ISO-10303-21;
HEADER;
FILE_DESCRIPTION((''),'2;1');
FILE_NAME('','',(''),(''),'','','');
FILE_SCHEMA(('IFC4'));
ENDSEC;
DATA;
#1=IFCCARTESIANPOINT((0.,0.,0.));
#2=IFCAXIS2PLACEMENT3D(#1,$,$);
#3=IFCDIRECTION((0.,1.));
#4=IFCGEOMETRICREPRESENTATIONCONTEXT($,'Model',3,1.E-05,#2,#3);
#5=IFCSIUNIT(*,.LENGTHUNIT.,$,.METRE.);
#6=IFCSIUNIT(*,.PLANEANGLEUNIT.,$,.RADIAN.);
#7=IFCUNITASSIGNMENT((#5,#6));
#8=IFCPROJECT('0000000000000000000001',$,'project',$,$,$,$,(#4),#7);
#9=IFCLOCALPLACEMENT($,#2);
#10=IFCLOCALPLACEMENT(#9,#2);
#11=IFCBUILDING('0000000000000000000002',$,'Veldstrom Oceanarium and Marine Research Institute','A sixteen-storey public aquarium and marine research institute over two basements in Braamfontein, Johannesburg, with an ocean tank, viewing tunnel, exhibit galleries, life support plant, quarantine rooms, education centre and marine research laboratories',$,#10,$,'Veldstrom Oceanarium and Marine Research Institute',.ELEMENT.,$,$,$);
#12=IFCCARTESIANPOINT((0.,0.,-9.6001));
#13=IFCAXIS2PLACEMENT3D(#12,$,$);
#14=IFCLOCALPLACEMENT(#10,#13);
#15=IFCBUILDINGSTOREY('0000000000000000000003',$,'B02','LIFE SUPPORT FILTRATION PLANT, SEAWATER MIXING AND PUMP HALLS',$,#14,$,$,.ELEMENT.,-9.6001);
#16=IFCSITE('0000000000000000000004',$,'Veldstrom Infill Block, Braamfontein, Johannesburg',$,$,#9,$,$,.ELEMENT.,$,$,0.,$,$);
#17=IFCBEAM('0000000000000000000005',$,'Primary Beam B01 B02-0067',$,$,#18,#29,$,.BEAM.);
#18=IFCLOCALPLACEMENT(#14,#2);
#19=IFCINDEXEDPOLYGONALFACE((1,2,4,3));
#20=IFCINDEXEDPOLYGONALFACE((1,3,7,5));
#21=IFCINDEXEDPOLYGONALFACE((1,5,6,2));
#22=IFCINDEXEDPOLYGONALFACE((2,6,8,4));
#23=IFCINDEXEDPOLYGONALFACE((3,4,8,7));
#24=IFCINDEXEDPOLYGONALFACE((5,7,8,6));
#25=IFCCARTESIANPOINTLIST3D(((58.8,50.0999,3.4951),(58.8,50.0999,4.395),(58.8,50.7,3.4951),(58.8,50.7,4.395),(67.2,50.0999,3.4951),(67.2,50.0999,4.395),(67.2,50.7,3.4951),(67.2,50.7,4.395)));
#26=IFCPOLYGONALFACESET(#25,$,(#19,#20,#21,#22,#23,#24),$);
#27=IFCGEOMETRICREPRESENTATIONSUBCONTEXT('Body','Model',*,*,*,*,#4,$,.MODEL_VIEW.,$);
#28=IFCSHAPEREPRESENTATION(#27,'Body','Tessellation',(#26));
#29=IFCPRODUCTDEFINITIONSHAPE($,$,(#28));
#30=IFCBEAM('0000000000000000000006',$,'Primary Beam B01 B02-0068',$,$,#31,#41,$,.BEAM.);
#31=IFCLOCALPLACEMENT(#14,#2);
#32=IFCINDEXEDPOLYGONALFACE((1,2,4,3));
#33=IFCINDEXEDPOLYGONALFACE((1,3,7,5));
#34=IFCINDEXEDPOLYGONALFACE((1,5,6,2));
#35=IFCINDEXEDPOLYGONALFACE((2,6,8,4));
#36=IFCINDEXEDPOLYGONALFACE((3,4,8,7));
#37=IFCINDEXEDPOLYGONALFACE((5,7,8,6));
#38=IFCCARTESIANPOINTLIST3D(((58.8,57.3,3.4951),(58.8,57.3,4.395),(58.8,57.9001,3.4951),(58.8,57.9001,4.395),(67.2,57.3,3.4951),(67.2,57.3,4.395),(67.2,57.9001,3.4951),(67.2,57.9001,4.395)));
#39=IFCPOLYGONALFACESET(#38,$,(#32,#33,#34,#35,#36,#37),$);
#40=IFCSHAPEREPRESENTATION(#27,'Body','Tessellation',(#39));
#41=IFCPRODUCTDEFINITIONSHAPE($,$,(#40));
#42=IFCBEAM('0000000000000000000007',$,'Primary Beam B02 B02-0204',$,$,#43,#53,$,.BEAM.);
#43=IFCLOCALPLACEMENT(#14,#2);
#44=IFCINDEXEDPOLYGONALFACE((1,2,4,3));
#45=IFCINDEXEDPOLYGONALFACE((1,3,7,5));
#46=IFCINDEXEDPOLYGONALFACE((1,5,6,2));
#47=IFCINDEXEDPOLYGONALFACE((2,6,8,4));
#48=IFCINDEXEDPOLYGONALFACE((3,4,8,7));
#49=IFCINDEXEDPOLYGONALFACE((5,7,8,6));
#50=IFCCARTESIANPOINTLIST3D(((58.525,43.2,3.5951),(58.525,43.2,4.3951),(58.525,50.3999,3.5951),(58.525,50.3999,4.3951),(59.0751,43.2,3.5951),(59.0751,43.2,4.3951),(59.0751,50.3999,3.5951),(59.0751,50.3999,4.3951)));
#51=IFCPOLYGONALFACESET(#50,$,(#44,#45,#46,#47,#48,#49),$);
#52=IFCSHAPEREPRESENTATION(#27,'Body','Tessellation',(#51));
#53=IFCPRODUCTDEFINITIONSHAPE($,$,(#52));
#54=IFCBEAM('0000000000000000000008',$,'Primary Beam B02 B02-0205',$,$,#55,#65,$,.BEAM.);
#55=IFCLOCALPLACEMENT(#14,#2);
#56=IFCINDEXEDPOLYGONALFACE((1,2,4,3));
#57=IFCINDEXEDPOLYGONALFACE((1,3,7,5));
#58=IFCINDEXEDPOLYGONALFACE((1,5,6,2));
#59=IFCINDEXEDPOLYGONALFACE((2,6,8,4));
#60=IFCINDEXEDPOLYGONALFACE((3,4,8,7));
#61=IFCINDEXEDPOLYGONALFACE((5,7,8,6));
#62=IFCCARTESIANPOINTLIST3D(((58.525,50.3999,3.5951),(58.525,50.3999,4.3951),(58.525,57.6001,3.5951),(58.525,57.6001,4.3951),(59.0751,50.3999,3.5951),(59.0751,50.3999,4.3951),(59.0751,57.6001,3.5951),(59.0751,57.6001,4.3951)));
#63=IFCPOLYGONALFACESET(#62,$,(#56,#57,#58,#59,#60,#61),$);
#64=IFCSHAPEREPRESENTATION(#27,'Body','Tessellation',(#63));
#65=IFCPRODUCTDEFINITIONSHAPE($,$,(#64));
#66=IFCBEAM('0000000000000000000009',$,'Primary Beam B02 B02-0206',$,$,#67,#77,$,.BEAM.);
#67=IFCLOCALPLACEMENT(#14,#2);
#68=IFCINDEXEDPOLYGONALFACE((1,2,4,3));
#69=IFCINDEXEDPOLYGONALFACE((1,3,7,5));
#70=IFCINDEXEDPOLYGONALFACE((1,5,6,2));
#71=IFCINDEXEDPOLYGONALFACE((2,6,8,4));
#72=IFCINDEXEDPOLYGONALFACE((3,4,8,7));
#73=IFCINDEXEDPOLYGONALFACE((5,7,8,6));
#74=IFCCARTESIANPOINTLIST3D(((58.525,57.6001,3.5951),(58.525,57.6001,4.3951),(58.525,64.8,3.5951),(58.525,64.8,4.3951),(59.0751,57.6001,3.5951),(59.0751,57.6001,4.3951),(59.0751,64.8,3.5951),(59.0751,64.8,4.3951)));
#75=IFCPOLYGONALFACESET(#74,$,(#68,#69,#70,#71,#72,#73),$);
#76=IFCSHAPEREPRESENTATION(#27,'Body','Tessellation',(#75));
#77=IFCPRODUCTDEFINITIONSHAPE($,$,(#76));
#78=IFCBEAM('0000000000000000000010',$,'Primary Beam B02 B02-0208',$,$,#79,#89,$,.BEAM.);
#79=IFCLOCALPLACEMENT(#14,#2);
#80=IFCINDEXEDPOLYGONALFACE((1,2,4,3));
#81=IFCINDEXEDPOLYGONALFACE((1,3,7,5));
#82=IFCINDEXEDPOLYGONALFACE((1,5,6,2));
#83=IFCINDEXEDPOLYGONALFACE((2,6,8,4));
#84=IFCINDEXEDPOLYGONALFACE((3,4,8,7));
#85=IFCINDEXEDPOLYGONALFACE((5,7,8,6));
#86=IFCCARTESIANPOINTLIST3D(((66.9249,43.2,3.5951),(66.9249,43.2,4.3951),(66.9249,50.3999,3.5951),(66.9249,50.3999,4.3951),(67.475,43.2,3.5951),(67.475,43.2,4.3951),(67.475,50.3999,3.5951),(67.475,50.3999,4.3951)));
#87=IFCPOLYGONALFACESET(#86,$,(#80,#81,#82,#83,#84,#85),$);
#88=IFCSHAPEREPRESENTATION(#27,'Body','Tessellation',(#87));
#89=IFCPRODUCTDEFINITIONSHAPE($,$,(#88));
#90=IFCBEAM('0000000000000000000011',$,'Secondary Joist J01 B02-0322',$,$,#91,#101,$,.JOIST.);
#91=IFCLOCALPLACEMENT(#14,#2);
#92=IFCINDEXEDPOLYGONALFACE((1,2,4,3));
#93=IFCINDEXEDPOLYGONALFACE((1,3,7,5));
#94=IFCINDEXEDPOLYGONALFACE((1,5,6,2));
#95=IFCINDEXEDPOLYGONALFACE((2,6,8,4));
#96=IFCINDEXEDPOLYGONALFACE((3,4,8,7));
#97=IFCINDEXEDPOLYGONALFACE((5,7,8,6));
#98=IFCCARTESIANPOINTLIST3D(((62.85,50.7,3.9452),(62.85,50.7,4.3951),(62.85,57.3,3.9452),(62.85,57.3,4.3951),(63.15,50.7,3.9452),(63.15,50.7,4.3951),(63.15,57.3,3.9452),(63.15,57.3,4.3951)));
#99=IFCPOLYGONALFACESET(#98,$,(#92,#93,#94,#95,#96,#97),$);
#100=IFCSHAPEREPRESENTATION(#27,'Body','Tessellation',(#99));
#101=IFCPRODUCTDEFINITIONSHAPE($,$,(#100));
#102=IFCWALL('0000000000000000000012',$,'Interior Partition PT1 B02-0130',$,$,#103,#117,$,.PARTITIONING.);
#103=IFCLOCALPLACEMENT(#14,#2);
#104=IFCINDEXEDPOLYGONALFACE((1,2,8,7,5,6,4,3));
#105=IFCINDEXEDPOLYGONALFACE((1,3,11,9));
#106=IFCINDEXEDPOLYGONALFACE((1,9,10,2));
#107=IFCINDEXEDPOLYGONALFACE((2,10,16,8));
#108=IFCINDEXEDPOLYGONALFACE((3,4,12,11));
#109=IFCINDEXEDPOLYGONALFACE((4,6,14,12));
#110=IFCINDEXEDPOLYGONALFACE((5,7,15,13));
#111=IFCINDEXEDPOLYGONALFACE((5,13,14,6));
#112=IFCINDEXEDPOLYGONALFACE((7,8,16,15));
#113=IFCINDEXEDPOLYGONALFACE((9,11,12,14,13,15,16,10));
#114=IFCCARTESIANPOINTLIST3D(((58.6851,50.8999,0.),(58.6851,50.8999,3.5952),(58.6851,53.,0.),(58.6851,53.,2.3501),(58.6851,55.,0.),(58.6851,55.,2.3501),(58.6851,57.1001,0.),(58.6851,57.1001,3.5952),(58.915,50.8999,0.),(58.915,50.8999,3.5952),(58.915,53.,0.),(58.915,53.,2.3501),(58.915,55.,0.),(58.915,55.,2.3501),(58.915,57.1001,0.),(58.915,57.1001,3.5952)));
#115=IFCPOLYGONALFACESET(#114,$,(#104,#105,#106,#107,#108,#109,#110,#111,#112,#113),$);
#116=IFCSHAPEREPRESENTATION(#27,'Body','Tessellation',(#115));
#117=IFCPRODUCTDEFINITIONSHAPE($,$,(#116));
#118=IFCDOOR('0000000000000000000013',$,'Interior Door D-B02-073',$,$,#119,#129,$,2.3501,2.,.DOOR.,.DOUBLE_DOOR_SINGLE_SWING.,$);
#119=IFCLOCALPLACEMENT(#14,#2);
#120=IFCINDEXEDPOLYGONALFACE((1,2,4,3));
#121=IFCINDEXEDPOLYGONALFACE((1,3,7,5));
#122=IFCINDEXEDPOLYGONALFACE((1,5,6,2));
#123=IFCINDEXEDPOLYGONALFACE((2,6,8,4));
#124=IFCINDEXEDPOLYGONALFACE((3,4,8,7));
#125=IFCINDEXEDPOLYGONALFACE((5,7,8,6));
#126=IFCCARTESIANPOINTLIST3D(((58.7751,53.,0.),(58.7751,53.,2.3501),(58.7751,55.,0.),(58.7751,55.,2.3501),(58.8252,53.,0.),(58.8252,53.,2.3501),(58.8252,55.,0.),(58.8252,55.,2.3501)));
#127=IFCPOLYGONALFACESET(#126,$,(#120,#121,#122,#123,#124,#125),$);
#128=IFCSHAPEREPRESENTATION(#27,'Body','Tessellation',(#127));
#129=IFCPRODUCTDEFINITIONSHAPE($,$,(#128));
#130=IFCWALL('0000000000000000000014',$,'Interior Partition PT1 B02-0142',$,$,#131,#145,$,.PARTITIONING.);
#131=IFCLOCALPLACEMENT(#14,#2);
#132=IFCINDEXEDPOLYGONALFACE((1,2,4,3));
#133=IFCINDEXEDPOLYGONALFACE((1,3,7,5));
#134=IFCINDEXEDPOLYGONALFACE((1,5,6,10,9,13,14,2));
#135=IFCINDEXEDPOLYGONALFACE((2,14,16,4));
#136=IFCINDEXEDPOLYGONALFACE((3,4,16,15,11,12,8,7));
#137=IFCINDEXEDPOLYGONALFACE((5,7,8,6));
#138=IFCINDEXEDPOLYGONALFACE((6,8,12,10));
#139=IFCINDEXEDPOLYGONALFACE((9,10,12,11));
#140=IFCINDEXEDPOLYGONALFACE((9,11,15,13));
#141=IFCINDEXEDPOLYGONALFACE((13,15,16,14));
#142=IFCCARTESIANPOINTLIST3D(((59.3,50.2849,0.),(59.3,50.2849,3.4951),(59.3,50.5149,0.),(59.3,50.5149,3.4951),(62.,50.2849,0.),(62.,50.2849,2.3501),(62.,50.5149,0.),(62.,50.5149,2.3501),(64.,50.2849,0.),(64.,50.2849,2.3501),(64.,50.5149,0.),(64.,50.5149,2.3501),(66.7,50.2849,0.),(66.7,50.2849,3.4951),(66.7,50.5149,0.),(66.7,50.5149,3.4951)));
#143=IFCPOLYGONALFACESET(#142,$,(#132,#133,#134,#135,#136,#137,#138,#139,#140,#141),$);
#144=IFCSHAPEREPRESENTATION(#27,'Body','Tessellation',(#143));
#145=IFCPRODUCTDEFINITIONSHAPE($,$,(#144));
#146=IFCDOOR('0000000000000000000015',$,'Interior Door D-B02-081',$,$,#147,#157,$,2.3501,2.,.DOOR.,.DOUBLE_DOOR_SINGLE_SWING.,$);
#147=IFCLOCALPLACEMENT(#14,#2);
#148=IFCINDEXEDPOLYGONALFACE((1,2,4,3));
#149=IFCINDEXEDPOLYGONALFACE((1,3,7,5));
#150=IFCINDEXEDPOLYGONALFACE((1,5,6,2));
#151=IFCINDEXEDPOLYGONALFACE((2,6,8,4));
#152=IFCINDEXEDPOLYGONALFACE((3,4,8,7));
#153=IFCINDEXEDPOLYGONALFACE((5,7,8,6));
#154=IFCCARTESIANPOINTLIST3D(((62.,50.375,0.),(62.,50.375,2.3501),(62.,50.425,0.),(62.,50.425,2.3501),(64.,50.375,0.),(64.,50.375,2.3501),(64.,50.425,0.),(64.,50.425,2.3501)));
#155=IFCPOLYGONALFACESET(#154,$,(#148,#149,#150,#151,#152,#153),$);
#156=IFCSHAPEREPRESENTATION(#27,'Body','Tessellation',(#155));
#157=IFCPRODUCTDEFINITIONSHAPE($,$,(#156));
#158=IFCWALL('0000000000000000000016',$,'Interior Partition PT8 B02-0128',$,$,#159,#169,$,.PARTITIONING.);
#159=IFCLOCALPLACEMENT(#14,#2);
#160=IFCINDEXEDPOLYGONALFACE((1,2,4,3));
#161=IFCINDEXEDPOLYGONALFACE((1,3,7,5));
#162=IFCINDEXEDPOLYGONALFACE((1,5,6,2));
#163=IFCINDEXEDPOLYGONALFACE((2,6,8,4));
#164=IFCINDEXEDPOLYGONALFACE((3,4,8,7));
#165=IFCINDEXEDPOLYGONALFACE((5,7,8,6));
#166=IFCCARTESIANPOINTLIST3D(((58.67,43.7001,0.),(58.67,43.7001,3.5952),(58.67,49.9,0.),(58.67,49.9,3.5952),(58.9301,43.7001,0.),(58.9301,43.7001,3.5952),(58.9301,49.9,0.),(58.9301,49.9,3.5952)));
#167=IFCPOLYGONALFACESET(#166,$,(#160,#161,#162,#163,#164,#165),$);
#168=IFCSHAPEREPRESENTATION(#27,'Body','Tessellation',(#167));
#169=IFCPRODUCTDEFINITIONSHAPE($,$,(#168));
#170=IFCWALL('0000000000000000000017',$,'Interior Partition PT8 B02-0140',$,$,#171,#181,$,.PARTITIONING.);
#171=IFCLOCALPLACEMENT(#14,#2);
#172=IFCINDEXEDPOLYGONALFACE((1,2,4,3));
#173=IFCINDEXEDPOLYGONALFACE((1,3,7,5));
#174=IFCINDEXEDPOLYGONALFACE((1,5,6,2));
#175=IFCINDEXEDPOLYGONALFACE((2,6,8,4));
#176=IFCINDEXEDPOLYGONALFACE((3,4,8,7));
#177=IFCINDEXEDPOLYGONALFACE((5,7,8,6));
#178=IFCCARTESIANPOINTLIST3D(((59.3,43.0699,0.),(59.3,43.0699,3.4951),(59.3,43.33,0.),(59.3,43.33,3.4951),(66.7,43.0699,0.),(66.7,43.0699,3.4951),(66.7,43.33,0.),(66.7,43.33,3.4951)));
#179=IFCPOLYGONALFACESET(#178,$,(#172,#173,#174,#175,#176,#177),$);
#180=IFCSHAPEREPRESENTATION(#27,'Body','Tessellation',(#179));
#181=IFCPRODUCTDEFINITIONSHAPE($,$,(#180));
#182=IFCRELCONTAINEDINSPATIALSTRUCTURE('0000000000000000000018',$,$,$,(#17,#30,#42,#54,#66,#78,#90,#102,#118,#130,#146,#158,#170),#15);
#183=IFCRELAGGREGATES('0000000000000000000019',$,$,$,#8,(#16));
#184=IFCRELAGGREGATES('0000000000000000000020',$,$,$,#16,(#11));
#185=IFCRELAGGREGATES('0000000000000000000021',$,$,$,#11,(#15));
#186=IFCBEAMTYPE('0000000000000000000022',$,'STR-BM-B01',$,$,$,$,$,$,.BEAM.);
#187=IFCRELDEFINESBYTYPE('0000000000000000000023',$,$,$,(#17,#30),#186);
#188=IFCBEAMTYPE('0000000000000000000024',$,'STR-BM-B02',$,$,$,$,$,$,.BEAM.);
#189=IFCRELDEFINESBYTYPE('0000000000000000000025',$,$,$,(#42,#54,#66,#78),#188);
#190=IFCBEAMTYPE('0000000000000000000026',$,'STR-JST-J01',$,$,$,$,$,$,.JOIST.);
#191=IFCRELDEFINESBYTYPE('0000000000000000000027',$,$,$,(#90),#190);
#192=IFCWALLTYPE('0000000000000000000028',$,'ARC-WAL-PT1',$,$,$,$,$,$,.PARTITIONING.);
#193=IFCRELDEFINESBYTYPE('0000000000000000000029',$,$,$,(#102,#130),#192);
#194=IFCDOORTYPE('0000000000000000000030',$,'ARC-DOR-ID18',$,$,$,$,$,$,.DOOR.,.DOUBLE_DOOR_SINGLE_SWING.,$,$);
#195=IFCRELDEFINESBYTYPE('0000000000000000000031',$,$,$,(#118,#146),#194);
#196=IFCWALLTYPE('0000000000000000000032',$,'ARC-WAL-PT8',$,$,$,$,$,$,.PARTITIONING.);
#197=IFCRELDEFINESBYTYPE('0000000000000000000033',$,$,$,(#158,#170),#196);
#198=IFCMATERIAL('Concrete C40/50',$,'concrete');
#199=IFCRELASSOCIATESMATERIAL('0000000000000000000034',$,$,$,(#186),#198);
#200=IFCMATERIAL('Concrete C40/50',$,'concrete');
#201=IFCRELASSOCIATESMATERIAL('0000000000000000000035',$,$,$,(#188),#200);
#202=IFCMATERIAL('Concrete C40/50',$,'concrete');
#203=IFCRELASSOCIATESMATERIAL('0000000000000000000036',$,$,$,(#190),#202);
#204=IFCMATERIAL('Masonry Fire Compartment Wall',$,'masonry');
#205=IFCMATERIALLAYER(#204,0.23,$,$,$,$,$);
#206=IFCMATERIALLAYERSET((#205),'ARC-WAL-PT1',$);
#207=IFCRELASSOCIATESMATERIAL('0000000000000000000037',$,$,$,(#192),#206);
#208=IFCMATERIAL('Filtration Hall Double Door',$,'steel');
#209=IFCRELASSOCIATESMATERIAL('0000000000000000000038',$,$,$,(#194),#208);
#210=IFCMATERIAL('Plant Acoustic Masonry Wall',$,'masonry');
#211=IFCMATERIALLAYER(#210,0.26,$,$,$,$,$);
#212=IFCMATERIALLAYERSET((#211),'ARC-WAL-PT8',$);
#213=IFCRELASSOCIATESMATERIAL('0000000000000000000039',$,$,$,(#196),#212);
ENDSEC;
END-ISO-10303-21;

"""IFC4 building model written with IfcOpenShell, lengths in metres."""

from ifc_helpers import new_model, si_unit, direction, frame, frame_2d, origin, origin_2d, place, context, subcontext, project, spatial, rectangle, extrude, material, layer, layer_set, material_profile, profile_set, type_object, element, fill, save


model = new_model("IFC4")

# Units and contexts
model_context = context("Model", 3, precision=1e-05, world=origin(), true_north=direction((0.0, 1.0)))
body_context = subcontext(model_context, "Body", "Model", "MODEL_VIEW")
ifc_project = project(units=[si_unit("LENGTHUNIT", "METRE"), si_unit("PLANEANGLEUNIT", "RADIAN")], contexts=[model_context])

# Site, building, storey
site_placement = place(None, origin())
site = spatial("IfcSite", under=ifc_project, at=site_placement, Name="Veldstrom Infill Block, Braamfontein, Johannesburg", CompositionType="ELEMENT", RefElevation=0.0)
building_placement = place(site_placement, origin())
building = spatial("IfcBuilding", under=site, at=building_placement, Name="Veldstrom Oceanarium and Marine Research Institute", Description="A sixteen-storey public aquarium and marine research institute over two basements in Braamfontein, Johannesburg, with an ocean tank, viewing tunnel, exhibit galleries, life support plant, quarantine rooms, education centre and marine research laboratories", LongName="Veldstrom Oceanarium and Marine Research Institute", CompositionType="ELEMENT")
storey_placement = place(building_placement, frame((0.0, 0.0, -9.6001)))
storey = spatial("IfcBuildingStorey", under=building, at=storey_placement, Name="B02", Description="LIFE SUPPORT FILTRATION PLANT, SEAWATER MIXING AND PUMP HALLS", CompositionType="ELEMENT", Elevation=-9.6001)

# Beams
ifc_material_1 = material(Name="Concrete C40/50", Category="concrete")
ifc_material_profile_1 = material_profile(ifc_material_1, rectangle(XDim=0.6001, YDim=0.8999, at=origin_2d()), Name="RC-BM-600x900")
ifc_profile_set_1 = profile_set([ifc_material_profile_1], Name="Concrete C40/50")
beam_type_1 = type_object("IfcBeamType", Name="STR-BM-B01", PredefinedType="BEAM", material=ifc_profile_set_1)
for number, where, z_axis, x_axis, name in (
    (1, (58.8, 50.3999, 3.9451), (1.0, 0.0, 0.0), (0.0, 1.0, 0.0), "Primary Beam B01 B02-0067"),
    (2, (58.8, 57.6001, 3.9451), (1.0, 0.0, 0.0), (0.0, 1.0, 0.0), "Primary Beam B01 B02-0068"),
):
    element("IfcBeam", number, at=place(storey_placement, frame(where, z_axis=z_axis, x_axis=x_axis)), inside=storey, type_object=beam_type_1, Name=name, PredefinedType="BEAM", context=body_context, shape_type="SweptSolid", body=[
        extrude(rectangle(XDim=0.6001, YDim=0.8999, at=origin_2d()), origin(), (0.0, 0.0, 1.0), 8.3999),
    ])
ifc_material_2 = material(Name="Concrete C40/50", Category="concrete")
ifc_material_profile_2 = material_profile(ifc_material_2, rectangle(XDim=0.55, YDim=0.8, at=origin_2d()), Name="RC-BM-550x800")
ifc_profile_set_2 = profile_set([ifc_material_profile_2], Name="Concrete C40/50")
beam_type_2 = type_object("IfcBeamType", Name="STR-BM-B02", PredefinedType="BEAM", material=ifc_profile_set_2)
beam_1_placement = place(storey_placement, frame((58.8, 43.2, 3.9951), z_axis=(0.0, 1.0, 0.0), x_axis=(-1.0, 0.0, 0.0)))
element("IfcBeam", 3, at=beam_1_placement, inside=storey, type_object=beam_type_2, Name="Primary Beam B02 B02-0204", PredefinedType="BEAM", context=body_context, shape_type="SweptSolid", body=[
    extrude(rectangle(XDim=0.55, YDim=0.8, at=origin_2d()), origin(), (0.0, 0.0, 1.0), 7.2),
])
beam_2_placement = place(storey_placement, frame((58.8, 50.3999, 3.9951), z_axis=(0.0, 1.0, 0.0), x_axis=(-1.0, 0.0, 0.0)))
element("IfcBeam", 4, at=beam_2_placement, inside=storey, type_object=beam_type_2, Name="Primary Beam B02 B02-0205", PredefinedType="BEAM", context=body_context, shape_type="SweptSolid", body=[
    extrude(rectangle(XDim=0.55, YDim=0.8, at=origin_2d()), origin(), (0.0, 0.0, 1.0), 7.2002),
])
for number, where, z_axis, x_axis, name in (
    (5, (58.8, 57.6001, 3.9951), (0.0, 1.0, 0.0), (-1.0, 0.0, 0.0), "Primary Beam B02 B02-0206"),
    (6, (67.2, 43.2, 3.9951), (0.0, 1.0, 0.0), (-1.0, 0.0, 0.0), "Primary Beam B02 B02-0208"),
):
    element("IfcBeam", number, at=place(storey_placement, frame(where, z_axis=z_axis, x_axis=x_axis)), inside=storey, type_object=beam_type_2, Name=name, PredefinedType="BEAM", context=body_context, shape_type="SweptSolid", body=[
        extrude(rectangle(XDim=0.55, YDim=0.8, at=origin_2d()), origin(), (0.0, 0.0, 1.0), 7.2),
    ])
ifc_material_3 = material(Name="Concrete C40/50", Category="concrete")
ifc_material_profile_3 = material_profile(ifc_material_3, rectangle(XDim=0.3, YDim=0.45, at=origin_2d()), Name="RC-JST-300x450")
ifc_profile_set_3 = profile_set([ifc_material_profile_3], Name="Concrete C40/50")
beam_type_3 = type_object("IfcBeamType", Name="STR-JST-J01", PredefinedType="JOIST", material=ifc_profile_set_3)
beam_3_placement = place(storey_placement, frame((63.0, 50.7, 4.1702), z_axis=(0.0, 1.0, 0.0), x_axis=(-1.0, 0.0, 0.0)))
element("IfcBeam", 7, at=beam_3_placement, inside=storey, type_object=beam_type_3, Name="Secondary Joist J01 B02-0322", PredefinedType="JOIST", context=body_context, shape_type="SweptSolid", body=[
    extrude(rectangle(XDim=0.3, YDim=0.45, at=origin_2d()), origin(), (0.0, 0.0, 1.0), 6.6001),
])

# Walls, openings, doors
ifc_material_4 = material(Name="Masonry Fire Compartment Wall", Category="masonry")
ifc_layer_1 = layer(ifc_material_4, 0.23)
ifc_layer_set_1 = layer_set([ifc_layer_1], Name="ARC-WAL-PT1")
wall_type_1 = type_object("IfcWallType", Name="ARC-WAL-PT1", PredefinedType="PARTITIONING", material=ifc_layer_set_1)
wall_1_placement = place(storey_placement, frame((58.8, 50.8999, 0.0), z_axis=(0.0, 0.0, 1.0), x_axis=(0.0, 1.0, 0.0)))
wall_1 = element("IfcWall", 8, at=wall_1_placement, inside=storey, type_object=wall_type_1, Name="Interior Partition PT1 B02-0130", PredefinedType="PARTITIONING", context=body_context, shape_type="SweptSolid", body=[
    extrude(rectangle(XDim=6.2002, YDim=0.23, at=frame_2d((3.1001, 0.0))), origin(), (0.0, 0.0, 1.0), 3.5952),
])
opening_1_placement = place(wall_1_placement, frame((2.1001, 0.0, 0.0)))
opening_1 = element("IfcOpeningElement", 9, at=opening_1_placement, cuts=wall_1, PredefinedType="OPENING", context=body_context, shape_type="SweptSolid", body=[
    extrude(rectangle(XDim=2.0, YDim=2.3501, at=frame_2d((1.0, 1.175))), frame((0.0, 0.125, 0.0), z_axis=(0.0, -1.0, 0.0), x_axis=(1.0, 0.0, 0.0)), (0.0, 0.0, 1.0), 0.25),
])
ifc_material_5 = material(Name="Filtration Hall Double Door", Category="steel")
door_type = type_object("IfcDoorType", Name="ARC-DOR-ID18", OperationType="DOUBLE_DOOR_SINGLE_SWING", PredefinedType="DOOR", material=ifc_material_5)
door_1_placement = place(opening_1_placement, origin())
door_1 = element("IfcDoor", 10, at=door_1_placement, inside=storey, type_object=door_type, Name="Interior Door D-B02-073", OperationType="DOUBLE_DOOR_SINGLE_SWING", OverallHeight=2.3501, OverallWidth=2.0, PredefinedType="DOOR", context=body_context, shape_type="SweptSolid", body=[
    extrude(rectangle(XDim=2.0, YDim=2.3501, at=frame_2d((1.0, 1.175))), frame((0.0, 0.0249, 0.0), z_axis=(0.0, -1.0, 0.0), x_axis=(1.0, 0.0, 0.0)), (0.0, 0.0, 1.0), 0.05),
])
fill(opening_1, door_1)
wall_2_placement = place(storey_placement, frame((59.3, 50.3999, 0.0), z_axis=(0.0, 0.0, 1.0), x_axis=(1.0, 0.0, 0.0)))
wall_2 = element("IfcWall", 11, at=wall_2_placement, inside=storey, type_object=wall_type_1, Name="Interior Partition PT1 B02-0142", PredefinedType="PARTITIONING", context=body_context, shape_type="SweptSolid", body=[
    extrude(rectangle(XDim=7.3999, YDim=0.23, at=frame_2d((3.7, 0.0))), origin(), (0.0, 0.0, 1.0), 3.4951),
])
opening_2_placement = place(wall_2_placement, frame((2.7, 0.0, 0.0)))
opening_2 = element("IfcOpeningElement", 12, at=opening_2_placement, cuts=wall_2, PredefinedType="OPENING", context=body_context, shape_type="SweptSolid", body=[
    extrude(rectangle(XDim=2.0, YDim=2.3501, at=frame_2d((1.0, 1.175))), frame((0.0, 0.125, 0.0), z_axis=(0.0, -1.0, 0.0), x_axis=(1.0, 0.0, 0.0)), (0.0, 0.0, 1.0), 0.25),
])
door_2_placement = place(opening_2_placement, frame((2.0, 0.0, 0.0), z_axis=(0.0, 0.0, 1.0), x_axis=(-1.0, 0.0, 0.0)))
door_2 = element("IfcDoor", 13, at=door_2_placement, inside=storey, type_object=door_type, Name="Interior Door D-B02-081", OperationType="DOUBLE_DOOR_SINGLE_SWING", OverallHeight=2.3501, OverallWidth=2.0, PredefinedType="DOOR", context=body_context, shape_type="SweptSolid", body=[
    extrude(rectangle(XDim=2.0, YDim=2.3501, at=frame_2d((1.0, 1.175))), frame((0.0, 0.0249, 0.0), z_axis=(0.0, -1.0, 0.0), x_axis=(1.0, 0.0, 0.0)), (0.0, 0.0, 1.0), 0.05),
])
fill(opening_2, door_2)

# Walls
ifc_material_6 = material(Name="Plant Acoustic Masonry Wall", Category="masonry")
ifc_layer_2 = layer(ifc_material_6, 0.26)
ifc_layer_set_2 = layer_set([ifc_layer_2], Name="ARC-WAL-PT8")
wall_type_2 = type_object("IfcWallType", Name="ARC-WAL-PT8", PredefinedType="PARTITIONING", material=ifc_layer_set_2)
wall_3_placement = place(storey_placement, frame((58.8, 43.7, 0.0), z_axis=(0.0, 0.0, 1.0), x_axis=(0.0, 1.0, 0.0)))
element("IfcWall", 14, at=wall_3_placement, inside=storey, type_object=wall_type_2, Name="Interior Partition PT8 B02-0128", PredefinedType="PARTITIONING", context=body_context, shape_type="SweptSolid", body=[
    extrude(rectangle(XDim=6.2, YDim=0.26, at=frame_2d((3.1001, 0.0))), origin(), (0.0, 0.0, 1.0), 3.5952),
])
wall_4_placement = place(storey_placement, frame((59.3, 43.2, 0.0), z_axis=(0.0, 0.0, 1.0), x_axis=(1.0, 0.0, 0.0)))
element("IfcWall", 15, at=wall_4_placement, inside=storey, type_object=wall_type_2, Name="Interior Partition PT8 B02-0140", PredefinedType="PARTITIONING", context=body_context, shape_type="SweptSolid", body=[
    extrude(rectangle(XDim=7.3999, YDim=0.26, at=frame_2d((3.7, 0.0))), origin(), (0.0, 0.0, 1.0), 3.4951),
])

save(model, "model.ifc")
